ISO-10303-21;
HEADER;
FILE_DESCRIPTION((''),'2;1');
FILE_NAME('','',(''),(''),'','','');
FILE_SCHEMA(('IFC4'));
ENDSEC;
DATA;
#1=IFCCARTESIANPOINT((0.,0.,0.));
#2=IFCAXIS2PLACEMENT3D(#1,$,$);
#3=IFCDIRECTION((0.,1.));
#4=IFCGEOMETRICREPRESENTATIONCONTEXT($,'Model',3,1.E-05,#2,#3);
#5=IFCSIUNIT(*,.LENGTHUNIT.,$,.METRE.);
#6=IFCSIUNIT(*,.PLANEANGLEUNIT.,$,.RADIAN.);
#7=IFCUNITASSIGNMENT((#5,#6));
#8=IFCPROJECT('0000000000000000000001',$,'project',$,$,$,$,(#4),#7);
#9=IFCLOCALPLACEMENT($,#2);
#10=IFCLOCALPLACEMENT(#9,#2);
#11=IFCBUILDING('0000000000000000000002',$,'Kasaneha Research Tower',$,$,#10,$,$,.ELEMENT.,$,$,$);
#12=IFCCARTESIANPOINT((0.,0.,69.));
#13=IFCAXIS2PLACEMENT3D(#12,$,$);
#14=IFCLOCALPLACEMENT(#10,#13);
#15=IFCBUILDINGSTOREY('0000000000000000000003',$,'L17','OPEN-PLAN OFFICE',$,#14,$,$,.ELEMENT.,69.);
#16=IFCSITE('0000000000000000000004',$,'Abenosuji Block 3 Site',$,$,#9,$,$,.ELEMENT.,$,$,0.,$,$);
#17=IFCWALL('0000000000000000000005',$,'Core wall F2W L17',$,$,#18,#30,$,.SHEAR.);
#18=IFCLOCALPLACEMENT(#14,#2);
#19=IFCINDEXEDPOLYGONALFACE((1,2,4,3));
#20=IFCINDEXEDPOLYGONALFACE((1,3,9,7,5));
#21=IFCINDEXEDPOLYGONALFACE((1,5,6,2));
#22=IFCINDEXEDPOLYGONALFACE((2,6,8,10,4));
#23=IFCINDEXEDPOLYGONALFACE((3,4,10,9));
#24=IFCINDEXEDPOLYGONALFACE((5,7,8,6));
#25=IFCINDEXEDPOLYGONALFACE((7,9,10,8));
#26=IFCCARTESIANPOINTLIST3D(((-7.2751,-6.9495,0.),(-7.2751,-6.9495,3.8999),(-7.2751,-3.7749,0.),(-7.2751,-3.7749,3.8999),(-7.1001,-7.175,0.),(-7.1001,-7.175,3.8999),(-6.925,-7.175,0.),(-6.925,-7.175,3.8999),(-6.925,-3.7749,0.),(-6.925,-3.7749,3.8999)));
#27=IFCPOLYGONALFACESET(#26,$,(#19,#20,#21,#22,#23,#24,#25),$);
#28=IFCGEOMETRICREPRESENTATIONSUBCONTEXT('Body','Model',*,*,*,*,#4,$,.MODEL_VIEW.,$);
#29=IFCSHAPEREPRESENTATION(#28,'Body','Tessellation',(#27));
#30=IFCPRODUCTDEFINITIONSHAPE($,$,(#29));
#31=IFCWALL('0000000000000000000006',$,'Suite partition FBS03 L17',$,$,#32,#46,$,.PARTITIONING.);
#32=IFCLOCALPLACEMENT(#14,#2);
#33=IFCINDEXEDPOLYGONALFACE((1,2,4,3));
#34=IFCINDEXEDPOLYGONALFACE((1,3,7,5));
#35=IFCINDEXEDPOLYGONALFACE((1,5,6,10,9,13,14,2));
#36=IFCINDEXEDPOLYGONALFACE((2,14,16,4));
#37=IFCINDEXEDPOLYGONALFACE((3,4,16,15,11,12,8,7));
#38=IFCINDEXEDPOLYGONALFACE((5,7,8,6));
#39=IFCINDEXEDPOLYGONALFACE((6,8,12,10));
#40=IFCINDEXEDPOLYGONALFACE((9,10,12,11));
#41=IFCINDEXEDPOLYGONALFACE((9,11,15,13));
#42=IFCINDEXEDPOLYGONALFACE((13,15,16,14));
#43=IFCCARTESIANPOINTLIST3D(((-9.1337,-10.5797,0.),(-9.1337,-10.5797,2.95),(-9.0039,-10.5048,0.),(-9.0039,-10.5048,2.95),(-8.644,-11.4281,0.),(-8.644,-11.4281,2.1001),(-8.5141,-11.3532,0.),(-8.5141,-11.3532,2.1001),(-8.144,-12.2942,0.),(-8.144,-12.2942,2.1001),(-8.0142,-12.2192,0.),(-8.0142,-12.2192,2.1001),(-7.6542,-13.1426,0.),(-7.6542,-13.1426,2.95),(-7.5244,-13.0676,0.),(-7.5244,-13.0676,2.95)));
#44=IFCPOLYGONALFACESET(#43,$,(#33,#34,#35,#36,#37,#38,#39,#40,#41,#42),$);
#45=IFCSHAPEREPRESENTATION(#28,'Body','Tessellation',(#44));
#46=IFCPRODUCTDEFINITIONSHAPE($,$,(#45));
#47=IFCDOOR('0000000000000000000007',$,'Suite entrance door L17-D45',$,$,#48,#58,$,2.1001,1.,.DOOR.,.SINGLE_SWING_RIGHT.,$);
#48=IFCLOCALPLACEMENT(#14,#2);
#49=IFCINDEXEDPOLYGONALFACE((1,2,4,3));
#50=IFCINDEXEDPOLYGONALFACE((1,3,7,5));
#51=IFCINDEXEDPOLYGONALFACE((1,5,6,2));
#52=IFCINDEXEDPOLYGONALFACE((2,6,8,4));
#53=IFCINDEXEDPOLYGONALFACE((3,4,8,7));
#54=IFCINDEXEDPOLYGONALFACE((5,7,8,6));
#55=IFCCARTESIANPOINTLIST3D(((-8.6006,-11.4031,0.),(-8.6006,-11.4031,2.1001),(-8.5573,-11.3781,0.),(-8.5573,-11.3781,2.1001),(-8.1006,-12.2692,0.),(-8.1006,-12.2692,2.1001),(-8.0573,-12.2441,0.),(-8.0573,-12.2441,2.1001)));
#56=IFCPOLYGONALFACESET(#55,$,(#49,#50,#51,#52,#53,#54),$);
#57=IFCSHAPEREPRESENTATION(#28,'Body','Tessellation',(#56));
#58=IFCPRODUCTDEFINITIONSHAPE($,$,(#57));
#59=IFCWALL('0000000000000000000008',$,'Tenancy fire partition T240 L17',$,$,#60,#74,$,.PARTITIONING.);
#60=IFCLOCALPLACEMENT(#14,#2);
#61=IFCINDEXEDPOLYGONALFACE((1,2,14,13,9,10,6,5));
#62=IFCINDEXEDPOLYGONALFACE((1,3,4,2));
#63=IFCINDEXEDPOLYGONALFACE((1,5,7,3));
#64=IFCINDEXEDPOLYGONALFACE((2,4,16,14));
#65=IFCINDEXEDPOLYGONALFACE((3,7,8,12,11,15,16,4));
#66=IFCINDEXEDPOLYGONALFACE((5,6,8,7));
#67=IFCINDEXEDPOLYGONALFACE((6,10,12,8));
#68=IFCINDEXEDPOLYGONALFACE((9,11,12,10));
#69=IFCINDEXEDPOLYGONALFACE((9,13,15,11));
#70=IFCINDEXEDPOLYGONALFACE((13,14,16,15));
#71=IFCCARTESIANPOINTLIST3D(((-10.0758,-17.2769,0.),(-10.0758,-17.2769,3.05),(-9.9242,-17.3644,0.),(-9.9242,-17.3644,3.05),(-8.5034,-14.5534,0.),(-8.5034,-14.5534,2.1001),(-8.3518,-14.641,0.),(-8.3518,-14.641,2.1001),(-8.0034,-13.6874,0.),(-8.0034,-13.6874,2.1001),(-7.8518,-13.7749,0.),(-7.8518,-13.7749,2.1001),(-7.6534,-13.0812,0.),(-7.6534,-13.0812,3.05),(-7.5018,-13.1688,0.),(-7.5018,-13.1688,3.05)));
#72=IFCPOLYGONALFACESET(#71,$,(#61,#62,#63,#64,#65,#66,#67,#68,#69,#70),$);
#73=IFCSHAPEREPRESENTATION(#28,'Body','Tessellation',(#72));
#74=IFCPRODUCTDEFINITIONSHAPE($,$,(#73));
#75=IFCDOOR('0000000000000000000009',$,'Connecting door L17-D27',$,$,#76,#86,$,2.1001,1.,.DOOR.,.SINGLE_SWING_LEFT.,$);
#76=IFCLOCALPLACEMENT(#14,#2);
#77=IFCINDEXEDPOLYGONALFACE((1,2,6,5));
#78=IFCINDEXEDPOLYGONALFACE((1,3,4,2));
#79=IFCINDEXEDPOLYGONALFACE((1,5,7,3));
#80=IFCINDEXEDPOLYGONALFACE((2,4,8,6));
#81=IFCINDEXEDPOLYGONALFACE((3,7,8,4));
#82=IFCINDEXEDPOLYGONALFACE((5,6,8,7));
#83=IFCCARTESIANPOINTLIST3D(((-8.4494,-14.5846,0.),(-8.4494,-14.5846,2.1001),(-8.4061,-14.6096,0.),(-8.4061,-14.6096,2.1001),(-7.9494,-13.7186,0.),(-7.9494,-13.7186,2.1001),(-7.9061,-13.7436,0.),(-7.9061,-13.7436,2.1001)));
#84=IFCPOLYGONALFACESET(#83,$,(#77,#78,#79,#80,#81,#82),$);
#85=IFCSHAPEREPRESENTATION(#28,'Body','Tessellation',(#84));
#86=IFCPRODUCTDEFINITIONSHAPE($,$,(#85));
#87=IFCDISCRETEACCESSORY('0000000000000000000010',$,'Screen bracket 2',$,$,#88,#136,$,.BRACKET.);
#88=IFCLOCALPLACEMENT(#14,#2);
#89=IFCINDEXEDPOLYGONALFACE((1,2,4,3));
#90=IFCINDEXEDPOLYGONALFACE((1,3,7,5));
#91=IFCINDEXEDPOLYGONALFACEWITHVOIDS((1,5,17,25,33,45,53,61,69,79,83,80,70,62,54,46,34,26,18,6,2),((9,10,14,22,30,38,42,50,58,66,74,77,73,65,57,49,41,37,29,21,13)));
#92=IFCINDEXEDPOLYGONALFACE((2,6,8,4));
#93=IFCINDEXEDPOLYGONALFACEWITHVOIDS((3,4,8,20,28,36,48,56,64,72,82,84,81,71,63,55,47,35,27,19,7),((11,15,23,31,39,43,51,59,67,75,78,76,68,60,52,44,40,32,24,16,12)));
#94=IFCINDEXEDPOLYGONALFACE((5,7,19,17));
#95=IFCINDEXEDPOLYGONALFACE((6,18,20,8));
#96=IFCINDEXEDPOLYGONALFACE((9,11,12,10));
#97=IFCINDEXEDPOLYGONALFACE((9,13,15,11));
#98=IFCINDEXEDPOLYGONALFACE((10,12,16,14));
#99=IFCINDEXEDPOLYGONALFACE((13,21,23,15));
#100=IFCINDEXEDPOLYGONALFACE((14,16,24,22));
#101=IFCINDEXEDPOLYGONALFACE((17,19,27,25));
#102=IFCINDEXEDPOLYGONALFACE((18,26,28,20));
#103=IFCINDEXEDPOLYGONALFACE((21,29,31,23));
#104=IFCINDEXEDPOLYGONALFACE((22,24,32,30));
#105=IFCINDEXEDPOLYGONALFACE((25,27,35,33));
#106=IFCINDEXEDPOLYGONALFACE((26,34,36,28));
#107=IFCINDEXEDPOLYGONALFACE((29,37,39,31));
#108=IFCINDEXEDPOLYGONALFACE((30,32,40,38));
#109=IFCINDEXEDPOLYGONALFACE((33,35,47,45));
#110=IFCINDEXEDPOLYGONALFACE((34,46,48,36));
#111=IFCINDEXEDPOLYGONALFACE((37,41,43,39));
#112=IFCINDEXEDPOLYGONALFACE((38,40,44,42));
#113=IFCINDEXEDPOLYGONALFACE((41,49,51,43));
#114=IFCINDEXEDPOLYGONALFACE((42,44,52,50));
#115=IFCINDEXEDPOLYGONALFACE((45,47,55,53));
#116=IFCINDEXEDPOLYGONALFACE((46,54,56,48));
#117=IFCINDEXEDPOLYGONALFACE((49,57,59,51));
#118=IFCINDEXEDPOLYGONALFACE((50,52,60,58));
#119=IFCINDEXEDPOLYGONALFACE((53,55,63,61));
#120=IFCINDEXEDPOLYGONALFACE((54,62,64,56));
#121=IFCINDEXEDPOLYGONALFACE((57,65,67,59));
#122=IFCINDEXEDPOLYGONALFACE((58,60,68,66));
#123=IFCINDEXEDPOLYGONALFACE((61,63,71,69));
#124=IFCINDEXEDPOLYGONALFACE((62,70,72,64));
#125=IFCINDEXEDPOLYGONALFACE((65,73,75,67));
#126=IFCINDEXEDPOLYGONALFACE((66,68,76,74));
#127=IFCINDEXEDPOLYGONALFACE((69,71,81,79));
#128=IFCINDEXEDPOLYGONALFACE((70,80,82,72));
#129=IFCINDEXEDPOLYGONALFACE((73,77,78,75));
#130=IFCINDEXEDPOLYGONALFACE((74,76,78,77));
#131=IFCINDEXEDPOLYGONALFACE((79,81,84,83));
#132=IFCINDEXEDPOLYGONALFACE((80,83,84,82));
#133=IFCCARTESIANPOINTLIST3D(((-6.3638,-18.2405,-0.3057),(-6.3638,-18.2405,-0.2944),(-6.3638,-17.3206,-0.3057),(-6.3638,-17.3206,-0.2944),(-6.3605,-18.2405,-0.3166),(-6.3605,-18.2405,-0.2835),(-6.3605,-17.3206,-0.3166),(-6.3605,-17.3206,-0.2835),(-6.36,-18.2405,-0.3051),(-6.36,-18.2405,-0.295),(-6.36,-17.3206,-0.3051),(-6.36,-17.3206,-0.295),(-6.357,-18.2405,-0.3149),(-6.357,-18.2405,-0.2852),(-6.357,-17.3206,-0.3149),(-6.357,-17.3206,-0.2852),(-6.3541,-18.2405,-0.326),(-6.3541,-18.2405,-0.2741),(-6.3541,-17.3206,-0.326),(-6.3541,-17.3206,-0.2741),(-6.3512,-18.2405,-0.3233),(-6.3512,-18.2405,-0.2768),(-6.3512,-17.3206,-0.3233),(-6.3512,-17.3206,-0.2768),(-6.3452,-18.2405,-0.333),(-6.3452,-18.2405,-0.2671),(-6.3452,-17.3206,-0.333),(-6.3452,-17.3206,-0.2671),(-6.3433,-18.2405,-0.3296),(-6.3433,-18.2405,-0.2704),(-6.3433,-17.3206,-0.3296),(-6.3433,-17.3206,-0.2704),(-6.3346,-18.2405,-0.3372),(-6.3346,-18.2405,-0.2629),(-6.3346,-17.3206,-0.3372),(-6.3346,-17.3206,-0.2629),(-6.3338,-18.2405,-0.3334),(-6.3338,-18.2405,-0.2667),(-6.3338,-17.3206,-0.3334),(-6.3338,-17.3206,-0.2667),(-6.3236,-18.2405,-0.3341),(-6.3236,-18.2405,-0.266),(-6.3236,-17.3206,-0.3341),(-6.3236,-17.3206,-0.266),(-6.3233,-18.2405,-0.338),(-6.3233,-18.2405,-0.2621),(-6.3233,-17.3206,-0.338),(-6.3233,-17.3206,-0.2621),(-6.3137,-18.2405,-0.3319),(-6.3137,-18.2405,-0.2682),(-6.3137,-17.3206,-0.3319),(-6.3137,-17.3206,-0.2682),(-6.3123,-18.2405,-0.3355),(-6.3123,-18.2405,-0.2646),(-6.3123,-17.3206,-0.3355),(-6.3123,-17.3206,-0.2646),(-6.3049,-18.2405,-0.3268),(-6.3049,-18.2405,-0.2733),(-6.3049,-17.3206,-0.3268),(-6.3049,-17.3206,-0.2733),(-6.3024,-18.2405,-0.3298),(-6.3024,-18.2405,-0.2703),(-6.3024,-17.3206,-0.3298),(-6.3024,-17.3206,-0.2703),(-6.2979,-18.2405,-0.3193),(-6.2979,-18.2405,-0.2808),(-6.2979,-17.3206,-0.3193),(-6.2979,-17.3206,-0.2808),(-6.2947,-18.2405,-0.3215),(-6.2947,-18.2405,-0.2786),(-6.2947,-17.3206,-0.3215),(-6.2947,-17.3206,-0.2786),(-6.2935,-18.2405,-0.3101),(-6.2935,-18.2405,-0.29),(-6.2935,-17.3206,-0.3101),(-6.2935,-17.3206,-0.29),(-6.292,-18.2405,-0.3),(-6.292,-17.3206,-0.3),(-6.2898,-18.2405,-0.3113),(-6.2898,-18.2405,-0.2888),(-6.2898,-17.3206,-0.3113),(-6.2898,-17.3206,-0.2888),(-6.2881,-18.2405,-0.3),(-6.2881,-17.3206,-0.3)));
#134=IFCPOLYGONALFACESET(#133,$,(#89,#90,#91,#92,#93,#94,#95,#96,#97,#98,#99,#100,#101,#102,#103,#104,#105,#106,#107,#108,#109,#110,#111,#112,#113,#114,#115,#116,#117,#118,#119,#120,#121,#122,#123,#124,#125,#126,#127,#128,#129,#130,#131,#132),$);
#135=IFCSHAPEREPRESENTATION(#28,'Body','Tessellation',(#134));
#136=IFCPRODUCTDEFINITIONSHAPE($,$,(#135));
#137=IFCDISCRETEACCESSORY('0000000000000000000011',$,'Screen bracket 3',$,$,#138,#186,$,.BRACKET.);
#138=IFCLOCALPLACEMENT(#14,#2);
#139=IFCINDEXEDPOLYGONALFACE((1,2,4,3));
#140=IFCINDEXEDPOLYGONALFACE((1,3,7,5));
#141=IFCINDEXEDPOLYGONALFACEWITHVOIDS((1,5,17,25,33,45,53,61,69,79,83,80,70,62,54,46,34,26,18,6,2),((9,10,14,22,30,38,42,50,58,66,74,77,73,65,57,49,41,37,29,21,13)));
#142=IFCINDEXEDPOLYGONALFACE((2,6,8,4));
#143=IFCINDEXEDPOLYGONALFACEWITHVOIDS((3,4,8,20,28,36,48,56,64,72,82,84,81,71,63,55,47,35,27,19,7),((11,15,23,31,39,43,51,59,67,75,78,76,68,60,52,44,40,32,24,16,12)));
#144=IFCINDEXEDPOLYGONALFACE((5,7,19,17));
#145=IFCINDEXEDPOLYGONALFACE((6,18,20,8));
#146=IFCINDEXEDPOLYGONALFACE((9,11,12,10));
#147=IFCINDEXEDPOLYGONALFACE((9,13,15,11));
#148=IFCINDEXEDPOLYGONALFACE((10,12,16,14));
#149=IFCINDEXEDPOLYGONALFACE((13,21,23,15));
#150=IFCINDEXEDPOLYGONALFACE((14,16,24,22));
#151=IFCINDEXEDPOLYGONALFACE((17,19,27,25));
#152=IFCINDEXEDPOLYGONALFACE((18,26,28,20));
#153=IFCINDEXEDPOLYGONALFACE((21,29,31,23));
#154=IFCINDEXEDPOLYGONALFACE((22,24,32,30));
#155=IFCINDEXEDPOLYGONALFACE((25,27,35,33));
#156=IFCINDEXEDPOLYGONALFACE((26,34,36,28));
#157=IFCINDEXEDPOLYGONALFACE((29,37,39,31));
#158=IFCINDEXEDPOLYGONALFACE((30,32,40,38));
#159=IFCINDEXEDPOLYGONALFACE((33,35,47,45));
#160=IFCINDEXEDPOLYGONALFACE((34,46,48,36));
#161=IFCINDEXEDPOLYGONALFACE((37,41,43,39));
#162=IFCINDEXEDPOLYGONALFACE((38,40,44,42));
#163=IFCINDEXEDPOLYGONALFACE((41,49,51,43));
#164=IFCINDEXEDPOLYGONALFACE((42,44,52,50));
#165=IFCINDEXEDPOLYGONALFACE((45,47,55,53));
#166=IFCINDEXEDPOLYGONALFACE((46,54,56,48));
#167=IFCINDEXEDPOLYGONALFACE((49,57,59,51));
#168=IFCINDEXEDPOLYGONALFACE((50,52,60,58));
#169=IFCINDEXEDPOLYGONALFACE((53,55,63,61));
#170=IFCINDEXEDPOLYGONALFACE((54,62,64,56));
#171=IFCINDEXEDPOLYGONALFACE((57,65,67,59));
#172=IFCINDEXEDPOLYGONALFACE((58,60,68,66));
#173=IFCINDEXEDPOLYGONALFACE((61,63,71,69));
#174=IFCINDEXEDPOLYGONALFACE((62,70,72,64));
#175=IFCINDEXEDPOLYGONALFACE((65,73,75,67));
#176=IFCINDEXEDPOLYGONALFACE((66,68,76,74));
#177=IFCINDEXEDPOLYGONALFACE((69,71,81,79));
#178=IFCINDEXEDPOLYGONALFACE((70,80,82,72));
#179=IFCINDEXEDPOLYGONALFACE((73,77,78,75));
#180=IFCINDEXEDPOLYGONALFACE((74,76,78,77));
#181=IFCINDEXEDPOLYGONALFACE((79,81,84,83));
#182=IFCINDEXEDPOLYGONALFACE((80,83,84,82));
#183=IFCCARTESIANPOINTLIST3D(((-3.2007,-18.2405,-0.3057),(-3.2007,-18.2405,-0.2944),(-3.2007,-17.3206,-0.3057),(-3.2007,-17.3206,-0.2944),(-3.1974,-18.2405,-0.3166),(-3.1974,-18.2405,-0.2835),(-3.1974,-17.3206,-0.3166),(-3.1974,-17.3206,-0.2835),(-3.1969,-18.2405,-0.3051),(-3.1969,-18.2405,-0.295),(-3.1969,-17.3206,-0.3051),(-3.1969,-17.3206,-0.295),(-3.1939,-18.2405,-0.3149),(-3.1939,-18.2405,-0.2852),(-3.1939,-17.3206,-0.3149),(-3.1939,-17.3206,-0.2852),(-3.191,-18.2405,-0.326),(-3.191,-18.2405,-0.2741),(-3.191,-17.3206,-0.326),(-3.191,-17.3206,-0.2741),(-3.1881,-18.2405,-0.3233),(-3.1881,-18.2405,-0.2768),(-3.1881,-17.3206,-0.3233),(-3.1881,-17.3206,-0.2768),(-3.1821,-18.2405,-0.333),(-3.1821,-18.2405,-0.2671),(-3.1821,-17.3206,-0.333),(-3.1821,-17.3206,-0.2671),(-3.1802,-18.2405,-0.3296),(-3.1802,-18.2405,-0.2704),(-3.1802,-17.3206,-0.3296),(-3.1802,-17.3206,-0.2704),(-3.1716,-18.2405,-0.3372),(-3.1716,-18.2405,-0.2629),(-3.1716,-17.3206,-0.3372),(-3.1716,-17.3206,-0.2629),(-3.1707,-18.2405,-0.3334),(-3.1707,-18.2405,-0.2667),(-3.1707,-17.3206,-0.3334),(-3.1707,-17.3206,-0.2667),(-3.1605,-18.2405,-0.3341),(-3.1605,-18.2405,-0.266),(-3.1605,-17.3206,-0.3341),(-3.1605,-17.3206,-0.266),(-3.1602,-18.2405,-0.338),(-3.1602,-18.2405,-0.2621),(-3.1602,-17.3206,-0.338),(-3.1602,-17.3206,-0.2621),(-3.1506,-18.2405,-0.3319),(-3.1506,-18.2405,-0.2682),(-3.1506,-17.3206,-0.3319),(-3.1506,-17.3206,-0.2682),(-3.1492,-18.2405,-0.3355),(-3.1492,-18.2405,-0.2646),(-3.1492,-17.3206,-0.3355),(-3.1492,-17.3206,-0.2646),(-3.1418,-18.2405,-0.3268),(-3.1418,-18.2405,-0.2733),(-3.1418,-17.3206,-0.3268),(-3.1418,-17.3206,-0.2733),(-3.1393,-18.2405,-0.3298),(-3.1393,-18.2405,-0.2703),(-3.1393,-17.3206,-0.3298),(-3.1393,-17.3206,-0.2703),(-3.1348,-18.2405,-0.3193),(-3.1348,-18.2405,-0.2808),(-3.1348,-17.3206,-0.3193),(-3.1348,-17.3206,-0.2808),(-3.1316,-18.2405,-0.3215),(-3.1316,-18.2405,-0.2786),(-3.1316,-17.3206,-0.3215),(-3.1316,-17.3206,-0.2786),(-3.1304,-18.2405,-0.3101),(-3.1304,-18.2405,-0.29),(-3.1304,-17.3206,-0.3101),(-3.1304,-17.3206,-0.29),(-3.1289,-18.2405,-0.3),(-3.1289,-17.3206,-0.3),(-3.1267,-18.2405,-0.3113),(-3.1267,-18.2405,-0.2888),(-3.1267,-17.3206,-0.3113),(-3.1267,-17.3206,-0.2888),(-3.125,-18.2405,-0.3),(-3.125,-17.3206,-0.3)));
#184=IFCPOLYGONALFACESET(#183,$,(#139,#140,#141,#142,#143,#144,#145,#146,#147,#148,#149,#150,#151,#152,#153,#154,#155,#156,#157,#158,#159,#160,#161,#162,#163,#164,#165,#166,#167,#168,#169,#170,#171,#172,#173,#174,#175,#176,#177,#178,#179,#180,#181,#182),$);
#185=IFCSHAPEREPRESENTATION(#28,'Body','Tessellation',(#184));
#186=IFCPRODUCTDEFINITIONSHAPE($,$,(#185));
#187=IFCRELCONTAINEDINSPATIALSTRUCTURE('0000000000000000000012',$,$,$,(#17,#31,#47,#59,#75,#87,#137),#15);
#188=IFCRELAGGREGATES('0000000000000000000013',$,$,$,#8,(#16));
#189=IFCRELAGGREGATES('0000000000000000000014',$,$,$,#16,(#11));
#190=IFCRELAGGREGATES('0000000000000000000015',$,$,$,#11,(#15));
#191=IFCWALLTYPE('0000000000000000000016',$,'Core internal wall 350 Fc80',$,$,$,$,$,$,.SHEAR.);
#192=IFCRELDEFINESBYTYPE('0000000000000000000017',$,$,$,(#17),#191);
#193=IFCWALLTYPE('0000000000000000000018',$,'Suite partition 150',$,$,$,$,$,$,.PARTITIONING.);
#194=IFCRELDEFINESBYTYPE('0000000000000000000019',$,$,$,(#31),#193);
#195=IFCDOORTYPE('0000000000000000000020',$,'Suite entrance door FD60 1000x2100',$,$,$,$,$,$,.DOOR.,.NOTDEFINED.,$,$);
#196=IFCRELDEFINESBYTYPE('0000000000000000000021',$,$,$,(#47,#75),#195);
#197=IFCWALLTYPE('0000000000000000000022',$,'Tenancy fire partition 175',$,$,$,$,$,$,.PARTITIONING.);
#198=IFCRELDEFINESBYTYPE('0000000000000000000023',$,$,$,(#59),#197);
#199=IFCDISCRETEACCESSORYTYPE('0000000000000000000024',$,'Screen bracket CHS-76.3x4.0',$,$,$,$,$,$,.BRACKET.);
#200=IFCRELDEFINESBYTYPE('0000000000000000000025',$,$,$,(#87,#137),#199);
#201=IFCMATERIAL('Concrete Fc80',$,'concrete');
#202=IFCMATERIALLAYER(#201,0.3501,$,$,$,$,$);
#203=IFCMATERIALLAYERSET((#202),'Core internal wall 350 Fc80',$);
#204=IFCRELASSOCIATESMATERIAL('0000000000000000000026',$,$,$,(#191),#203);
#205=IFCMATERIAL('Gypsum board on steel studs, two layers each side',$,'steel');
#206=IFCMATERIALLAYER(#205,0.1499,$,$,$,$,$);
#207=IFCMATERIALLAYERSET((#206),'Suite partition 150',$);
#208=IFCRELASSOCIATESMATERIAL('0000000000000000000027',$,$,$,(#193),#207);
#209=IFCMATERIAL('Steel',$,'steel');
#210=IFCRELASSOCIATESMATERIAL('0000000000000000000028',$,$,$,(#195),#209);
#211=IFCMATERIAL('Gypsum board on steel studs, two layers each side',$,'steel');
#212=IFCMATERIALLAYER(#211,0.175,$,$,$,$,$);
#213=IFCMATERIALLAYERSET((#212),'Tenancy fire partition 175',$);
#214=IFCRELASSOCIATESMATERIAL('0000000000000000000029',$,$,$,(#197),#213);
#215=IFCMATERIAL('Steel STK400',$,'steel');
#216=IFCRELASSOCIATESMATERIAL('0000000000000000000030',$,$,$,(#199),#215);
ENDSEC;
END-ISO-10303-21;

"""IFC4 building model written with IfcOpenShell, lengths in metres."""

from ifc_helpers import new_model, si_unit, direction, frame, frame_2d, origin, origin_2d, place, context, subcontext, project, spatial, polyline, rectangle, hollow_circle, outline, extrude, material, layer, layer_set, material_profile, profile_set, type_object, element, fill, save


model = new_model("IFC4")

# Units and contexts
model_context = context("Model", 3, precision=1e-05, world=origin(), true_north=direction((0.0, 1.0)))
body_context = subcontext(model_context, "Body", "Model", "MODEL_VIEW")
ifc_project = project(units=[si_unit("LENGTHUNIT", "METRE"), si_unit("PLANEANGLEUNIT", "RADIAN")], contexts=[model_context])

# Site, building, storey
site_placement = place(None, origin())
site = spatial("IfcSite", under=ifc_project, at=site_placement, Name="Abenosuji Block 3 Site", CompositionType="ELEMENT", RefElevation=0.0)
building_placement = place(site_placement, origin())
building = spatial("IfcBuilding", under=site, at=building_placement, Name="Kasaneha Research Tower", CompositionType="ELEMENT")
storey_placement = place(building_placement, frame((0.0, 0.0, 69.0)))
storey = spatial("IfcBuildingStorey", under=building, at=storey_placement, Name="L17", Description="OPEN-PLAN OFFICE", CompositionType="ELEMENT", Elevation=69.0)

# Shared definitions
ifc_material_1 = material(Name="Concrete Fc80", Category="concrete")
ifc_layer_1 = layer(ifc_material_1, 0.3501)
ifc_layer_set_1 = layer_set([ifc_layer_1], Name="Core internal wall 350 Fc80")
wall_type_1 = type_object("IfcWallType", Name="Core internal wall 350 Fc80", PredefinedType="SHEAR", material=ifc_layer_set_1)

# Wall
wall_1_placement = place(storey_placement, frame((-7.1001, -3.7749, 0.0), z_axis=(0.0, 0.0, 1.0), x_axis=(0.0, -1.0, 0.0)))
element("IfcWall", 1, at=wall_1_placement, inside=storey, type_object=wall_type_1, Name="Core wall F2W L17", PredefinedType="SHEAR", context=body_context, shape_type="SweptSolid", body=[
    extrude(outline(polyline([(0.0, -0.175), (3.1746, -0.175), (3.4001, 0.0), (3.4001, 0.175), (0.0, 0.175), (0.0, -0.175)])), origin(), (0.0, 0.0, 1.0), 3.8999),
])

# Walls, openings, doors
ifc_material_2 = material(Name="Gypsum board on steel studs, two layers each side", Category="steel")
ifc_layer_2 = layer(ifc_material_2, 0.1499)
ifc_layer_set_2 = layer_set([ifc_layer_2], Name="Suite partition 150")
wall_type_2 = type_object("IfcWallType", Name="Suite partition 150", PredefinedType="PARTITIONING", material=ifc_layer_set_2)
wall_2_placement = place(storey_placement, frame((-7.5894, -13.105, 0.0), z_axis=(0.0, 0.0, 1.0), x_axis=(-0.499972, 0.866041, 0.0)))
wall_2 = element("IfcWall", 2, at=wall_2_placement, inside=storey, type_object=wall_type_2, Name="Suite partition FBS03 L17", PredefinedType="PARTITIONING", context=body_context, shape_type="SweptSolid", body=[
    extrude(rectangle(XDim=2.9592, YDim=0.1499, at=frame_2d((1.4795, 0.0))), origin(), (0.0, 0.0, 1.0), 2.95),
])
opening_1_placement = place(wall_2_placement, frame((0.9795, 0.0, 0.0)))
opening_1 = element("IfcOpeningElement", 3, at=opening_1_placement, cuts=wall_2, PredefinedType="OPENING", context=body_context, shape_type="SweptSolid", body=[
    extrude(rectangle(XDim=1.0, YDim=2.1001, at=frame_2d((0.5, 1.05))), frame((0.0, 0.085, 0.0), z_axis=(0.0, -1.0, 0.0), x_axis=(1.0, 0.0, 0.0)), (0.0, 0.0, 1.0), 0.1699),
])
ifc_material_3 = material(Name="Steel", Category="steel")
door_type_1 = type_object("IfcDoorType", Name="Suite entrance door FD60 1000x2100", OperationType="NOTDEFINED", PredefinedType="DOOR", material=ifc_material_3)
door_1_placement = place(opening_1_placement, origin())
door_1 = element("IfcDoor", 4, at=door_1_placement, inside=storey, type_object=door_type_1, Name="Suite entrance door L17-D45", OperationType="SINGLE_SWING_RIGHT", OverallHeight=2.1001, OverallWidth=1.0, PredefinedType="DOOR", context=body_context, shape_type="SweptSolid", body=[
    extrude(rectangle(XDim=1.0, YDim=2.1001, at=frame_2d((0.5, 1.05))), frame((0.0, 0.0249, 0.0), z_axis=(0.0, -1.0, 0.0), x_axis=(1.0, 0.0, 0.0)), (0.0, 0.0, 1.0), 0.05),
])
fill(opening_1, door_1)
ifc_material_4 = material(Name="Gypsum board on steel studs, two layers each side", Category="steel")
ifc_layer_3 = layer(ifc_material_4, 0.175)
ifc_layer_set_3 = layer_set([ifc_layer_3], Name="Tenancy fire partition 175")
wall_type_3 = type_object("IfcWallType", Name="Tenancy fire partition 175", PredefinedType="PARTITIONING", material=ifc_layer_set_3)
wall_3_placement = place(storey_placement, frame((-7.5776, -13.125, 0.0), z_axis=(0.0, 0.0, 1.0), x_axis=(-0.500009, -0.86602, 0.0)))
wall_3 = element("IfcWall", 5, at=wall_3_placement, inside=storey, type_object=wall_type_3, Name="Tenancy fire partition T240 L17", PredefinedType="PARTITIONING", context=body_context, shape_type="SweptSolid", body=[
    extrude(rectangle(XDim=4.8447, YDim=0.175, at=frame_2d((2.4224, 0.0))), origin(), (0.0, 0.0, 1.0), 3.05),
])
opening_2_placement = place(wall_3_placement, frame((0.7, 0.0, 0.0)))
opening_2 = element("IfcOpeningElement", 6, at=opening_2_placement, cuts=wall_3, PredefinedType="OPENING", context=body_context, shape_type="SweptSolid", body=[
    extrude(rectangle(XDim=1.0, YDim=2.1001, at=frame_2d((0.5, 1.05))), frame((0.0, 0.0977, 0.0), z_axis=(0.0, -1.0, 0.0), x_axis=(1.0, 0.0, 0.0)), (0.0, 0.0, 1.0), 0.1951),
])
door_2_placement = place(opening_2_placement, origin())
door_2 = element("IfcDoor", 7, at=door_2_placement, inside=storey, type_object=door_type_1, Name="Connecting door L17-D27", OperationType="SINGLE_SWING_LEFT", OverallHeight=2.1001, OverallWidth=1.0, PredefinedType="DOOR", context=body_context, shape_type="SweptSolid", body=[
    extrude(rectangle(XDim=1.0, YDim=2.1001, at=frame_2d((0.5, 1.05))), frame((0.0, 0.0249, 0.0), z_axis=(0.0, -1.0, 0.0), x_axis=(1.0, 0.0, 0.0)), (0.0, 0.0, 1.0), 0.05),
])
fill(opening_2, door_2)

# Discrete accessories
ifc_material_5 = material(Name="Steel STK400", Category="steel")
ifc_material_profile_1 = material_profile(ifc_material_5, hollow_circle(Radius=0.0381, WallThickness=0.0039, at=origin_2d()), Name="CHS-76.3x4.0")
ifc_profile_set_1 = profile_set([ifc_material_profile_1], Name="Steel STK400")
discrete_accessory_type = type_object("IfcDiscreteAccessoryType", Name="Screen bracket CHS-76.3x4.0", PredefinedType="BRACKET", material=ifc_profile_set_1)
for number, where, z_axis, x_axis, name in (
    (8, (-6.3262, -17.3206, -0.3), (0.0, -1.0, 0.0), (1.0, 0.0, 0.0), "Screen bracket 2"),
    (9, (-3.1631, -17.3206, -0.3), (0.0, -1.0, 0.0), (1.0, 0.0, 0.0), "Screen bracket 3"),
):
    element("IfcDiscreteAccessory", number, at=place(storey_placement, frame(where, z_axis=z_axis, x_axis=x_axis)), inside=storey, type_object=discrete_accessory_type, Name=name, PredefinedType="BRACKET", context=body_context, shape_type="SweptSolid", body=[
        extrude(hollow_circle(Radius=0.0381, WallThickness=0.0039, at=origin_2d()), origin(), (0.0, 0.0, 1.0), 0.9199),
    ])

save(model, "model.ifc")
